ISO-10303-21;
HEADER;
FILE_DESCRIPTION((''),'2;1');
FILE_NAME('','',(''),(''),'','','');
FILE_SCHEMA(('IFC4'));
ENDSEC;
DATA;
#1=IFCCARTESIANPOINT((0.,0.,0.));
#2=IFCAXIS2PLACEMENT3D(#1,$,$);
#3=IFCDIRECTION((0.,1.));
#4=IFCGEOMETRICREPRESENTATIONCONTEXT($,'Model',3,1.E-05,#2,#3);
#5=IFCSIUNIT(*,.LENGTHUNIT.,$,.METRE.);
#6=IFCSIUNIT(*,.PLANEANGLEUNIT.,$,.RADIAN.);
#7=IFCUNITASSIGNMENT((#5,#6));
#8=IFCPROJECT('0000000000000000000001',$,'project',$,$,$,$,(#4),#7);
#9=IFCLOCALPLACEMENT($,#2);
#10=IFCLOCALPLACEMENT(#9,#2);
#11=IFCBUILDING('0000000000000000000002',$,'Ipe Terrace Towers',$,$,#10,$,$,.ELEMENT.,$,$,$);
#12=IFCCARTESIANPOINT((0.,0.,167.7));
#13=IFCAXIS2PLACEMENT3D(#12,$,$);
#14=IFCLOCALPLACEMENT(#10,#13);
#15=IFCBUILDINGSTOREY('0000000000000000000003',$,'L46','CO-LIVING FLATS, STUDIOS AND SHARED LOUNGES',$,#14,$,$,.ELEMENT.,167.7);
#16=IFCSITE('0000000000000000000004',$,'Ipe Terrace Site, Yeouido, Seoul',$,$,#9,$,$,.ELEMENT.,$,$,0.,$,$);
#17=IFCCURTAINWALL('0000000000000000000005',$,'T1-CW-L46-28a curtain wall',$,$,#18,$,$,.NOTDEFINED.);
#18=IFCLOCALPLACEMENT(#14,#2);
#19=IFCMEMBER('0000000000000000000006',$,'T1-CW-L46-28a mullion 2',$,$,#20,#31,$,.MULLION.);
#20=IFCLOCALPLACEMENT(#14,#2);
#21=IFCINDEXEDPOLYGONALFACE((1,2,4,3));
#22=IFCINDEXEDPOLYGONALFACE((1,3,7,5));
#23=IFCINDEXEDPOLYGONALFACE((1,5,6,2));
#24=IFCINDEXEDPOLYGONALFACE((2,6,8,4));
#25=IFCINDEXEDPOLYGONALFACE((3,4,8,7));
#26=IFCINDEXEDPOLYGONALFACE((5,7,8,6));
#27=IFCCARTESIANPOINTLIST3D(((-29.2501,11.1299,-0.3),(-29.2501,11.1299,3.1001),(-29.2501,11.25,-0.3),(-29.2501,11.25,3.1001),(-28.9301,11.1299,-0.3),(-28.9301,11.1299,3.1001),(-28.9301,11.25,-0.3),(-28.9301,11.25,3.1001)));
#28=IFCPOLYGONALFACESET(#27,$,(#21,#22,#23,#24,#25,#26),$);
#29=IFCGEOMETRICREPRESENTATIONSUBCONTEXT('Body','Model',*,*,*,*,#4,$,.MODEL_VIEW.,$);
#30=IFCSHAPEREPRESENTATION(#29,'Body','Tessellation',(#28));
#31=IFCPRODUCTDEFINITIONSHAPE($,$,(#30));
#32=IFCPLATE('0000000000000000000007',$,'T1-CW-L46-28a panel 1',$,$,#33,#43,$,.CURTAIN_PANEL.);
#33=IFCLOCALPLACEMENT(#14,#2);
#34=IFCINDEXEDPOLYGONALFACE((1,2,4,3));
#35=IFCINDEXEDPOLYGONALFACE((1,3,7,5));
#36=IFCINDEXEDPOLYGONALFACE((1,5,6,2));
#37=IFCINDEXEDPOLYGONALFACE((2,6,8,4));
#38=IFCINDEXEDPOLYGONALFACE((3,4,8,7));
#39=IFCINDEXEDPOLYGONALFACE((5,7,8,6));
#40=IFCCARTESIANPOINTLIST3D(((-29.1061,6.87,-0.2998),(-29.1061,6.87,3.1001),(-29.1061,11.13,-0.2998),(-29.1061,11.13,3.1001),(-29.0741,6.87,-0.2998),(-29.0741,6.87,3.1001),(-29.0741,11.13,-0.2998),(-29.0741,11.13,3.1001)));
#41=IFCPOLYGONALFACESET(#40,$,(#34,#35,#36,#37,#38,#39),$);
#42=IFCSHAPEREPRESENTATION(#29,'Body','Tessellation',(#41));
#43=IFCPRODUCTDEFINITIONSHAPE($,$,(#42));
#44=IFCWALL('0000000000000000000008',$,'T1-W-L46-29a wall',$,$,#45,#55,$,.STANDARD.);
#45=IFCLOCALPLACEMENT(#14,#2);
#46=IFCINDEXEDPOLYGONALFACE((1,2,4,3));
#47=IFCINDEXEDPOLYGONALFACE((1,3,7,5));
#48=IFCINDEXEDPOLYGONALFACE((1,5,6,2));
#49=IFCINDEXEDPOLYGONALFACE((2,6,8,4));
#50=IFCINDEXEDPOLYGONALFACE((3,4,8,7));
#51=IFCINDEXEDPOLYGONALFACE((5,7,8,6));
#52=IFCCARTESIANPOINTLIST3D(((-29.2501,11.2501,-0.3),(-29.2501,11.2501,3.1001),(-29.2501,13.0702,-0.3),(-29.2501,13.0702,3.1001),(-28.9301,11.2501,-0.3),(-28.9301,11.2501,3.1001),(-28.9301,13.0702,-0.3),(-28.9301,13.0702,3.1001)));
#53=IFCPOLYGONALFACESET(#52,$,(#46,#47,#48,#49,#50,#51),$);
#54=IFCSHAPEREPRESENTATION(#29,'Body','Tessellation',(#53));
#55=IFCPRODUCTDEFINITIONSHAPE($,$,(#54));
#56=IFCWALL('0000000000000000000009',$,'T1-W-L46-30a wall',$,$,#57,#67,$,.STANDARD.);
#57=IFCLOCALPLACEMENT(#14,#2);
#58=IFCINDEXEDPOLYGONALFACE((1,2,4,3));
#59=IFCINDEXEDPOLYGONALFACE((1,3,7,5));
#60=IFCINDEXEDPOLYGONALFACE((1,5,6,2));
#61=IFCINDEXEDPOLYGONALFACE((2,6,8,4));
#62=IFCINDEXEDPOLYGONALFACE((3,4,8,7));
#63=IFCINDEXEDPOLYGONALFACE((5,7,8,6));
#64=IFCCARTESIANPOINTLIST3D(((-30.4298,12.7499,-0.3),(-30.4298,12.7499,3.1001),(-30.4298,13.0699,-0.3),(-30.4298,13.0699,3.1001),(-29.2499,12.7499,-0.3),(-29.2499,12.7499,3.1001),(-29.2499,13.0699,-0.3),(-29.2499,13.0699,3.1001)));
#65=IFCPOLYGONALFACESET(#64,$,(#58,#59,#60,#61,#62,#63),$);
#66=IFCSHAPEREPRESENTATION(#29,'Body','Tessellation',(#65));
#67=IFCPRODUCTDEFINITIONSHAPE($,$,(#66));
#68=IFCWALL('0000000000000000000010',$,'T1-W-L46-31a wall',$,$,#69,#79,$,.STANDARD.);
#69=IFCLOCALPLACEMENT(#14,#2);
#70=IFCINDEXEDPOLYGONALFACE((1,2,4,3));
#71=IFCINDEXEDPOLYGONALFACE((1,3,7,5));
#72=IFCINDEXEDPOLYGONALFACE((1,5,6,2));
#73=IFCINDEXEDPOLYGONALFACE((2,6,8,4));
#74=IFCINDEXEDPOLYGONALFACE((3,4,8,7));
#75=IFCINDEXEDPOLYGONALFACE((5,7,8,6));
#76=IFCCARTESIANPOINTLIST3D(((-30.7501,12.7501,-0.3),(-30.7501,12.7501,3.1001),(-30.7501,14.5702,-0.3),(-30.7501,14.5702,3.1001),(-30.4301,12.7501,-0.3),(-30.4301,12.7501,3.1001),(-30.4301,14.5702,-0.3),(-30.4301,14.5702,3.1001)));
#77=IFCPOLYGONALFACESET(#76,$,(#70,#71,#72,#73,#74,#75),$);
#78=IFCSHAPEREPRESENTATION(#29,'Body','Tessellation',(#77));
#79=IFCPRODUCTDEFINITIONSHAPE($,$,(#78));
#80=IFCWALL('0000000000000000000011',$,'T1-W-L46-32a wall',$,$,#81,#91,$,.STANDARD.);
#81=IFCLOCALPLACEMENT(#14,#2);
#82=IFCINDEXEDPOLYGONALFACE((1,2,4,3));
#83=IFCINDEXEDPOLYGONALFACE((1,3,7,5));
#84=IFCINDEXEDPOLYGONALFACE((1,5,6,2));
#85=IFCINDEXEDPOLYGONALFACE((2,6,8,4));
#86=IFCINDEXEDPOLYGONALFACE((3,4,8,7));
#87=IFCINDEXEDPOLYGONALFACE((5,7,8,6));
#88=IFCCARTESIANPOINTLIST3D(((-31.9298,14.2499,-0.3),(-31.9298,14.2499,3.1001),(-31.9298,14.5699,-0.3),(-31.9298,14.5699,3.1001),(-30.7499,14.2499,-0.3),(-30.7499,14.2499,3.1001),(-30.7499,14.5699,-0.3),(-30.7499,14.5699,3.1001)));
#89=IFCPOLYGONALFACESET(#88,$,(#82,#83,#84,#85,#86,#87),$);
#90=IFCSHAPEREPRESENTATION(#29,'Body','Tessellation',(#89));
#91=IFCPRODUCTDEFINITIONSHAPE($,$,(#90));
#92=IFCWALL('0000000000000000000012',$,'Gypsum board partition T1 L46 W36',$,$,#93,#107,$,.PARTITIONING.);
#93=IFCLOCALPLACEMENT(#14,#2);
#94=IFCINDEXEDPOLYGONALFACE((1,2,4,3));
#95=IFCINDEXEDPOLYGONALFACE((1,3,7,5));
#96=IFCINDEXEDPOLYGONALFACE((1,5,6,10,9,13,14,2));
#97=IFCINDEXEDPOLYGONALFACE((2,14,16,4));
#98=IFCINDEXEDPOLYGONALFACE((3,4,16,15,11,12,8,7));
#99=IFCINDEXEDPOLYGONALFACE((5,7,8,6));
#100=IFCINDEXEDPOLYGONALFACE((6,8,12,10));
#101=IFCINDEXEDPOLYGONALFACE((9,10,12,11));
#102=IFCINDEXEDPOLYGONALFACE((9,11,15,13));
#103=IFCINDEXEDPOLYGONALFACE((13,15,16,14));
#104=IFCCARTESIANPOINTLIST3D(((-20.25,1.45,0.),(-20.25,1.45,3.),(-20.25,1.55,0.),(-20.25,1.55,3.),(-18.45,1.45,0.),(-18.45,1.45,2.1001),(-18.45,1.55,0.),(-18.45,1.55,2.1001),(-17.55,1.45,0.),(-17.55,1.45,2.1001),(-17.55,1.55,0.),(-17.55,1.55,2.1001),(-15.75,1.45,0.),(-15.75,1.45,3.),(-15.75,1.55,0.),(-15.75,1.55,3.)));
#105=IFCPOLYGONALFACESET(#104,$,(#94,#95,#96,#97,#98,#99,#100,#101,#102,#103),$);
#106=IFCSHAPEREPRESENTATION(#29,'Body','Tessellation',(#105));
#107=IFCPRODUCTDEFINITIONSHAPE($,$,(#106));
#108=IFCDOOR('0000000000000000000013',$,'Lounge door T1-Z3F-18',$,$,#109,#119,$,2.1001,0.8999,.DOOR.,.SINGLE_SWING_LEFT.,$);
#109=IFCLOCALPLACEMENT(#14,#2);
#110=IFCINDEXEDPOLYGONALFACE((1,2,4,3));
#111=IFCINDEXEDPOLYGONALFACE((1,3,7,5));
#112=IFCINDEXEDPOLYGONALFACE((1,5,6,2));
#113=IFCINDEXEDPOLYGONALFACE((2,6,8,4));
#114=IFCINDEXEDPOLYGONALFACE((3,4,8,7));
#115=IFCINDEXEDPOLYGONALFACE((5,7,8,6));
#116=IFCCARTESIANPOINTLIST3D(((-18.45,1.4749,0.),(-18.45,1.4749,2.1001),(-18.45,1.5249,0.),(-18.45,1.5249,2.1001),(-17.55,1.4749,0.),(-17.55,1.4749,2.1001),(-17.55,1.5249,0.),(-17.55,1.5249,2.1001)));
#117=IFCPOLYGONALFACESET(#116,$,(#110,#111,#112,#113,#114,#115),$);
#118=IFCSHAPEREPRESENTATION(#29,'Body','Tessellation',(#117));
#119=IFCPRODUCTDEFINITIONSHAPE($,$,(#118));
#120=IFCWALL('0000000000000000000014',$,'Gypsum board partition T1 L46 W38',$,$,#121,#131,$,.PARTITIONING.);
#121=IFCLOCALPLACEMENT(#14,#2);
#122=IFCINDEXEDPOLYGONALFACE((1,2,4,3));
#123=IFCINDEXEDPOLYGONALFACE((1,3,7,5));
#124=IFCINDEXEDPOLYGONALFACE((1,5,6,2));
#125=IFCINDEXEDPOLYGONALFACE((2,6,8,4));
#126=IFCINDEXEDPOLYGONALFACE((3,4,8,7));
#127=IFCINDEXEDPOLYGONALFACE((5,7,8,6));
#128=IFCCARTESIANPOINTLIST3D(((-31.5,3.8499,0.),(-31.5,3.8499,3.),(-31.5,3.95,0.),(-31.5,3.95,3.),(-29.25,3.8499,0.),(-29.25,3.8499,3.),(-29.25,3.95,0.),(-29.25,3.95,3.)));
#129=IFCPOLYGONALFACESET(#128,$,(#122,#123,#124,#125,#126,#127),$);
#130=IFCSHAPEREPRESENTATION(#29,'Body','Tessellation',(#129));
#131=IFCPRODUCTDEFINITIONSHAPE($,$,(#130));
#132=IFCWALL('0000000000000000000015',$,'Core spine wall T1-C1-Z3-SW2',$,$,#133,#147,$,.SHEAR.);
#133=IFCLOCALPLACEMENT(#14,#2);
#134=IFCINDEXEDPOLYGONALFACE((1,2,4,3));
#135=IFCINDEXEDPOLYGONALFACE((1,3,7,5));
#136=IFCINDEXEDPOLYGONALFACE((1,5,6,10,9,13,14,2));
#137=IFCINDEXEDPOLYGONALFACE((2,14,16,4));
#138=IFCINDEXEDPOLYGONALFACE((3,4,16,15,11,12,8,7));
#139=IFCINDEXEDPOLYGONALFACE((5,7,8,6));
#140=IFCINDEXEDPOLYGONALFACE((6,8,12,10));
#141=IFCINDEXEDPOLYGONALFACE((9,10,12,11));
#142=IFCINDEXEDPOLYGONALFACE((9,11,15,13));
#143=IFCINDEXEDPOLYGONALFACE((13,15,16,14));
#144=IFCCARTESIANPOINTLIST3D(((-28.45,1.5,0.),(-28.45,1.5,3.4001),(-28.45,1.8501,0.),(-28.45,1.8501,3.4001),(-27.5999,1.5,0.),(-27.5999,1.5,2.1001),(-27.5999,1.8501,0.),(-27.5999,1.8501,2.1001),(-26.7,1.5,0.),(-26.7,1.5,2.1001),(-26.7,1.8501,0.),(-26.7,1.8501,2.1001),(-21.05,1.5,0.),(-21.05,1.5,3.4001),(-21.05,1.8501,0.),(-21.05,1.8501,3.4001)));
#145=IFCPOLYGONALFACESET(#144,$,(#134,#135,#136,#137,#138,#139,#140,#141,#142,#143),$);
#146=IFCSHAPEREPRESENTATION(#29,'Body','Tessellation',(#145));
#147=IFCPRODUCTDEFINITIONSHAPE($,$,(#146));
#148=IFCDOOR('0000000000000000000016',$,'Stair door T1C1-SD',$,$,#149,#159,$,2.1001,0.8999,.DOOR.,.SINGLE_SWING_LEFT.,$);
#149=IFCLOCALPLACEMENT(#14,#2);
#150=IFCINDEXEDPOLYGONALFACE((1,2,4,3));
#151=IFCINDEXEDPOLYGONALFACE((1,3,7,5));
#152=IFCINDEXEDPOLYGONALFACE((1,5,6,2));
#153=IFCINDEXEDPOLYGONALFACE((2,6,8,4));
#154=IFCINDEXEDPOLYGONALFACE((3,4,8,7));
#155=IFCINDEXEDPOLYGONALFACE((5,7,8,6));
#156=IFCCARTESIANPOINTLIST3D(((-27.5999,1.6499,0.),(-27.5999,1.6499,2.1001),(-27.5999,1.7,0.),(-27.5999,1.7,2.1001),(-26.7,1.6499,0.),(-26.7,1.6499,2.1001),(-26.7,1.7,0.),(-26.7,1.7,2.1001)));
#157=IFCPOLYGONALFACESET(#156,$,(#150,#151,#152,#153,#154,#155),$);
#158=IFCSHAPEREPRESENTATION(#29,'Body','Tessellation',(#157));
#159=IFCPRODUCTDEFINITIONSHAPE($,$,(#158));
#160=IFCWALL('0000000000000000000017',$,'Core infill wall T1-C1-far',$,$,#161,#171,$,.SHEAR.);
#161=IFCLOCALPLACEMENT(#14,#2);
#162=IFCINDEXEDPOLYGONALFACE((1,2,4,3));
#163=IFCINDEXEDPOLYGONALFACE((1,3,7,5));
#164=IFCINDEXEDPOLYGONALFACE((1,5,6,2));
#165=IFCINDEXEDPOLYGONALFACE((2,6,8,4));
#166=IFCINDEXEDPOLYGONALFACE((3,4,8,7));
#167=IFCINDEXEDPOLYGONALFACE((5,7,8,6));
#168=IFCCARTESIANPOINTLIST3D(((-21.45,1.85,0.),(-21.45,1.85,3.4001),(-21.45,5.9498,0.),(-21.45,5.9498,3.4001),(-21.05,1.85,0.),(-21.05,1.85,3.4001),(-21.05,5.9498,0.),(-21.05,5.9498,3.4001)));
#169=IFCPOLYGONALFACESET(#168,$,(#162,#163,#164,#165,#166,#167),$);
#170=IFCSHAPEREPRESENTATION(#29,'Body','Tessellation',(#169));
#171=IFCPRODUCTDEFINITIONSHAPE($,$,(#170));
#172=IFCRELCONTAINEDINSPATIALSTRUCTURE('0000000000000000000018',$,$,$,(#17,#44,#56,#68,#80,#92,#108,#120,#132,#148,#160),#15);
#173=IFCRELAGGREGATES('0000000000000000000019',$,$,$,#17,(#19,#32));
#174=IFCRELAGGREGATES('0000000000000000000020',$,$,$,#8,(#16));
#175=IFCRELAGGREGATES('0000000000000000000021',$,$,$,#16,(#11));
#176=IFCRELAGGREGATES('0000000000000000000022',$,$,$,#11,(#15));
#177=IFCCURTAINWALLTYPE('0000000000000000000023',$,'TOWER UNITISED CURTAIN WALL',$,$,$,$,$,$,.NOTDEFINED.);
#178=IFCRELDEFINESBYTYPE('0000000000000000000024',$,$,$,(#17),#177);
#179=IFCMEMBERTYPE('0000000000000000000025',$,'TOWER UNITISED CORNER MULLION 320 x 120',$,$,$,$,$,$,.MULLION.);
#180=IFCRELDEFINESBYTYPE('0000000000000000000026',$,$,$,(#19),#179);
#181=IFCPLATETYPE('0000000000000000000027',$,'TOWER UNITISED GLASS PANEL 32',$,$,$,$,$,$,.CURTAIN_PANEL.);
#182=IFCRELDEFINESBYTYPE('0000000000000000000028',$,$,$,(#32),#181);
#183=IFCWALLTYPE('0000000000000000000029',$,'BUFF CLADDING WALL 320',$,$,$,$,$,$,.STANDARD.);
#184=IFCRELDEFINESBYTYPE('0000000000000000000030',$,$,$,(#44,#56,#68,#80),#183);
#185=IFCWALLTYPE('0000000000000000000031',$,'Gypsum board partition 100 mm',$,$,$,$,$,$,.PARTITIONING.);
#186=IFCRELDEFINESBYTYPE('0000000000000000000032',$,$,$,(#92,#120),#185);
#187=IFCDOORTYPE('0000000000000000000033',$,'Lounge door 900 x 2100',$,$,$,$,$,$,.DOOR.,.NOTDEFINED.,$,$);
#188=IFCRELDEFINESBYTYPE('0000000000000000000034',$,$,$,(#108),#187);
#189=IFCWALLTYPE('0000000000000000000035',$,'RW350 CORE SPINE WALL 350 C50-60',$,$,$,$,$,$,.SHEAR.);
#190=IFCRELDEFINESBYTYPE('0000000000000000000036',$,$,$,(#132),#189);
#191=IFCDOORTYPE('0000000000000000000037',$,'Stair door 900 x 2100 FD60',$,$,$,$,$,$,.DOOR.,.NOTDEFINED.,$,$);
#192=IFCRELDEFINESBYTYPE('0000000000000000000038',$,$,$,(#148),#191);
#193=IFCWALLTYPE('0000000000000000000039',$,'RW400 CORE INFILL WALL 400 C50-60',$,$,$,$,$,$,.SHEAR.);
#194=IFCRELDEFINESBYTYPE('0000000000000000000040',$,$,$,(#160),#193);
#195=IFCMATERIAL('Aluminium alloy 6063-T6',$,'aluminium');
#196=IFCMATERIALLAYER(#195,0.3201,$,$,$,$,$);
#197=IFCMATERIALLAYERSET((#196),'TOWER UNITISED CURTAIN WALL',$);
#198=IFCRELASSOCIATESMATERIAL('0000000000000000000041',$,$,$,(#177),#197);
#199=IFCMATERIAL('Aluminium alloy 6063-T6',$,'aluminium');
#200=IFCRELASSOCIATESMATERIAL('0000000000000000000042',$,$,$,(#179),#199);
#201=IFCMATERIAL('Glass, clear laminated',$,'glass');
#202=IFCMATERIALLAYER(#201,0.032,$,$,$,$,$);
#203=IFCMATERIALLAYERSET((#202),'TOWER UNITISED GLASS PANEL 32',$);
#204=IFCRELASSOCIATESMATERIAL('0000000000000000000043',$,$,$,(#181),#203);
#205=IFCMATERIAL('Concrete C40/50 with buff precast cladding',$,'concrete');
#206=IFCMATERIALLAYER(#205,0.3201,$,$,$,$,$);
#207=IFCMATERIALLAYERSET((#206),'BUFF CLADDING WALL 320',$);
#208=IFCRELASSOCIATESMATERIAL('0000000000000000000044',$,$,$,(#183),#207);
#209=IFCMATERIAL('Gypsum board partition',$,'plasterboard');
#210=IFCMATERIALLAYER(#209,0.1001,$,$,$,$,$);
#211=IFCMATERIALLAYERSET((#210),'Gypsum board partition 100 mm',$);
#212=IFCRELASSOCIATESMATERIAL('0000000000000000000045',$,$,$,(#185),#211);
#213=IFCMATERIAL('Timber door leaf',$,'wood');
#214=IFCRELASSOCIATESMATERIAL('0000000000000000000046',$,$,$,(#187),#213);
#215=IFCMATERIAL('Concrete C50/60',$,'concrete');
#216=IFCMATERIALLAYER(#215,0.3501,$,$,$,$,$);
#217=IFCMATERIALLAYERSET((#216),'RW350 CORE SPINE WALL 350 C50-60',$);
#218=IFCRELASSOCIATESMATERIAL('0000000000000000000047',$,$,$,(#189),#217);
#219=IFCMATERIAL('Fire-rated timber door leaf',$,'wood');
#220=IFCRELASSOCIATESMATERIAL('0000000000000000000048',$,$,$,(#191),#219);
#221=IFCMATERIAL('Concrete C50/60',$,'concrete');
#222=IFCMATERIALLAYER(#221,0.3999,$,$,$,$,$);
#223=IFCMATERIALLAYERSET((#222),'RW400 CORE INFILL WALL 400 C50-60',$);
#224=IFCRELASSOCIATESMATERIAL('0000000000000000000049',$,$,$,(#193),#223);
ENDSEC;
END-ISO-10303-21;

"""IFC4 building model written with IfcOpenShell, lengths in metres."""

from ifc_helpers import new_model, si_unit, direction, frame, frame_2d, origin, origin_2d, place, context, subcontext, project, spatial, rectangle, extrude, material, layer, layer_set, material_profile, profile_set, type_object, element, fill, aggregate, save


model = new_model("IFC4")

# Units and contexts
model_context = context("Model", 3, precision=1e-05, world=origin(), true_north=direction((0.0, 1.0)))
body_context = subcontext(model_context, "Body", "Model", "MODEL_VIEW")
ifc_project = project(units=[si_unit("LENGTHUNIT", "METRE"), si_unit("PLANEANGLEUNIT", "RADIAN")], contexts=[model_context])

# Site, building, storey
site_placement = place(None, origin())
site = spatial("IfcSite", under=ifc_project, at=site_placement, Name="Ipe Terrace Site, Yeouido, Seoul", CompositionType="ELEMENT", RefElevation=0.0)
building_placement = place(site_placement, origin())
building = spatial("IfcBuilding", under=site, at=building_placement, Name="Ipe Terrace Towers", CompositionType="ELEMENT")
storey_placement = place(building_placement, frame((0.0, 0.0, 167.7)))
storey = spatial("IfcBuildingStorey", under=building, at=storey_placement, Name="L46", Description="CO-LIVING FLATS, STUDIOS AND SHARED LOUNGES", CompositionType="ELEMENT", Elevation=167.7)

# Curtain wall, member, plate
ifc_material_1 = material(Name="Aluminium alloy 6063-T6", Category="aluminium")
ifc_layer_1 = layer(ifc_material_1, 0.3201)
ifc_layer_set_1 = layer_set([ifc_layer_1], Name="TOWER UNITISED CURTAIN WALL")
curtain_wall_type = type_object("IfcCurtainWallType", Name="TOWER UNITISED CURTAIN WALL", PredefinedType="NOTDEFINED", material=ifc_layer_set_1)
curtain_wall_placement = place(storey_placement, origin())
curtain_wall = element("IfcCurtainWall", 1, at=curtain_wall_placement, inside=storey, type_object=curtain_wall_type, Name="T1-CW-L46-28a curtain wall", PredefinedType="NOTDEFINED")
ifc_material_2 = material(Name="Aluminium alloy 6063-T6", Category="aluminium")
ifc_material_profile_1 = material_profile(ifc_material_2, rectangle(XDim=0.3201, YDim=0.1201, at=origin_2d()), Name="TOWER UNITISED CORNER MULLION 320 x 120")
ifc_profile_set_1 = profile_set([ifc_material_profile_1], Name="Aluminium alloy 6063-T6")
member_type = type_object("IfcMemberType", Name="TOWER UNITISED CORNER MULLION 320 x 120", PredefinedType="MULLION", material=ifc_profile_set_1)
member_1_placement = place(storey_placement, frame((-29.0901, 11.1899, -0.3), z_axis=(0.0, 0.0, 1.0), x_axis=(1.0, 0.0, 0.0)))
member_1 = element("IfcMember", 2, at=member_1_placement, type_object=member_type, Name="T1-CW-L46-28a mullion 2", PredefinedType="MULLION", context=body_context, shape_type="SweptSolid", body=[
    extrude(rectangle(XDim=0.3201, YDim=0.1201, at=origin_2d()), origin(), (0.0, 0.0, 1.0), 3.4001),
])
ifc_material_3 = material(Name="Glass, clear laminated", Category="glass")
ifc_layer_2 = layer(ifc_material_3, 0.032)
ifc_layer_set_2 = layer_set([ifc_layer_2], Name="TOWER UNITISED GLASS PANEL 32")
plate_type = type_object("IfcPlateType", Name="TOWER UNITISED GLASS PANEL 32", PredefinedType="CURTAIN_PANEL", material=ifc_layer_set_2)
plate_placement = place(storey_placement, frame((-29.0901, 9.0, -0.2998), z_axis=(0.0, 0.0, 1.0), x_axis=(0.0, 1.0, 0.0)))
plate = element("IfcPlate", 3, at=plate_placement, type_object=plate_type, Name="T1-CW-L46-28a panel 1", PredefinedType="CURTAIN_PANEL", context=body_context, shape_type="SweptSolid", body=[
    extrude(rectangle(XDim=4.26, YDim=0.032, at=origin_2d()), origin(), (0.0, 0.0, 1.0), 3.3999),
])
aggregate(curtain_wall, [member_1, plate])

# Walls
ifc_material_4 = material(Name="Concrete C40/50 with buff precast cladding", Category="concrete")
ifc_layer_3 = layer(ifc_material_4, 0.3201)
ifc_layer_set_3 = layer_set([ifc_layer_3], Name="BUFF CLADDING WALL 320")
wall_type_1 = type_object("IfcWallType", Name="BUFF CLADDING WALL 320", PredefinedType="STANDARD", material=ifc_layer_set_3)
wall_1_placement = place(storey_placement, frame((-29.0901, 11.25, -0.3), z_axis=(0.0, 0.0, 1.0), x_axis=(0.0, 1.0, 0.0)))
element("IfcWall", 4, at=wall_1_placement, inside=storey, type_object=wall_type_1, Name="T1-W-L46-29a wall", PredefinedType="STANDARD", context=body_context, shape_type="SweptSolid", body=[
    extrude(rectangle(XDim=1.8201, YDim=0.3201, at=frame_2d((0.9102, 0.0))), origin(), (0.0, 0.0, 1.0), 3.4001),
])
wall_2_placement = place(storey_placement, frame((-29.25, 12.9099, -0.3), z_axis=(0.0, 0.0, 1.0), x_axis=(-1.0, 0.0, 0.0)))
element("IfcWall", 5, at=wall_2_placement, inside=storey, type_object=wall_type_1, Name="T1-W-L46-30a wall", PredefinedType="STANDARD", context=body_context, shape_type="SweptSolid", body=[
    extrude(rectangle(XDim=1.1799, YDim=0.3201, at=frame_2d((0.5898, 0.0))), origin(), (0.0, 0.0, 1.0), 3.4001),
])
wall_3_placement = place(storey_placement, frame((-30.5901, 12.75, -0.3), z_axis=(0.0, 0.0, 1.0), x_axis=(0.0, 1.0, 0.0)))
element("IfcWall", 6, at=wall_3_placement, inside=storey, type_object=wall_type_1, Name="T1-W-L46-31a wall", PredefinedType="STANDARD", context=body_context, shape_type="SweptSolid", body=[
    extrude(rectangle(XDim=1.8201, YDim=0.3201, at=frame_2d((0.9102, 0.0))), origin(), (0.0, 0.0, 1.0), 3.4001),
])
wall_4_placement = place(storey_placement, frame((-30.75, 14.4099, -0.3), z_axis=(0.0, 0.0, 1.0), x_axis=(-1.0, 0.0, 0.0)))
element("IfcWall", 7, at=wall_4_placement, inside=storey, type_object=wall_type_1, Name="T1-W-L46-32a wall", PredefinedType="STANDARD", context=body_context, shape_type="SweptSolid", body=[
    extrude(rectangle(XDim=1.1799, YDim=0.3201, at=frame_2d((0.5898, 0.0))), origin(), (0.0, 0.0, 1.0), 3.4001),
])

# Wall, opening, door
ifc_material_5 = material(Name="Gypsum board partition", Category="plasterboard")
ifc_layer_4 = layer(ifc_material_5, 0.1001)
ifc_layer_set_4 = layer_set([ifc_layer_4], Name="Gypsum board partition 100 mm")
wall_type_2 = type_object("IfcWallType", Name="Gypsum board partition 100 mm", PredefinedType="PARTITIONING", material=ifc_layer_set_4)
wall_5_placement = place(storey_placement, frame((-20.25, 1.5, 0.0), z_axis=(0.0, 0.0, 1.0), x_axis=(1.0, 0.0, 0.0)))
wall_5 = element("IfcWall", 8, at=wall_5_placement, inside=storey, type_object=wall_type_2, Name="Gypsum board partition T1 L46 W36", PredefinedType="PARTITIONING", context=body_context, shape_type="SweptSolid", body=[
    extrude(rectangle(XDim=4.5, YDim=0.1001, at=frame_2d((2.25, 0.0))), origin(), (0.0, 0.0, 1.0), 3.0),
])
opening_1_placement = place(wall_5_placement, frame((1.8, 0.0, 0.0)))
opening_1 = element("IfcOpeningElement", 9, at=opening_1_placement, cuts=wall_5, PredefinedType="OPENING", context=body_context, shape_type="SweptSolid", body=[
    extrude(rectangle(XDim=0.8999, YDim=2.1001, at=frame_2d((0.45, 1.05))), frame((0.0, 0.0601, 0.0), z_axis=(0.0, -1.0, 0.0), x_axis=(1.0, 0.0, 0.0)), (0.0, 0.0, 1.0), 0.1201),
])
ifc_material_6 = material(Name="Timber door leaf", Category="wood")
door_type_1 = type_object("IfcDoorType", Name="Lounge door 900 x 2100", OperationType="NOTDEFINED", PredefinedType="DOOR", material=ifc_material_6)
door_1_placement = place(opening_1_placement, origin())
door_1 = element("IfcDoor", 10, at=door_1_placement, inside=storey, type_object=door_type_1, Name="Lounge door T1-Z3F-18", OperationType="SINGLE_SWING_LEFT", OverallHeight=2.1001, OverallWidth=0.8999, PredefinedType="DOOR", context=body_context, shape_type="SweptSolid", body=[
    extrude(rectangle(XDim=0.8999, YDim=2.1001, at=frame_2d((0.45, 1.05))), frame((0.0, 0.0249, 0.0), z_axis=(0.0, -1.0, 0.0), x_axis=(1.0, 0.0, 0.0)), (0.0, 0.0, 1.0), 0.05),
])
fill(opening_1, door_1)

# Wall
wall_6_placement = place(storey_placement, frame((-31.5, 3.8999, 0.0), z_axis=(0.0, 0.0, 1.0), x_axis=(1.0, 0.0, 0.0)))
element("IfcWall", 11, at=wall_6_placement, inside=storey, type_object=wall_type_2, Name="Gypsum board partition T1 L46 W38", PredefinedType="PARTITIONING", context=body_context, shape_type="SweptSolid", body=[
    extrude(rectangle(XDim=2.25, YDim=0.1001, at=frame_2d((1.125, 0.0))), origin(), (0.0, 0.0, 1.0), 3.0),
])

# Wall, opening, door
ifc_material_7 = material(Name="Concrete C50/60", Category="concrete")
ifc_layer_5 = layer(ifc_material_7, 0.3501)
ifc_layer_set_5 = layer_set([ifc_layer_5], Name="RW350 CORE SPINE WALL 350 C50-60")
wall_type_3 = type_object("IfcWallType", Name="RW350 CORE SPINE WALL 350 C50-60", PredefinedType="SHEAR", material=ifc_layer_set_5)
wall_7_placement = place(storey_placement, frame((-28.45, 1.675, 0.0), z_axis=(0.0, 0.0, 1.0), x_axis=(1.0, 0.0, 0.0)))
wall_7 = element("IfcWall", 12, at=wall_7_placement, inside=storey, type_object=wall_type_3, Name="Core spine wall T1-C1-Z3-SW2", PredefinedType="SHEAR", context=body_context, shape_type="SweptSolid", body=[
    extrude(rectangle(XDim=7.3999, YDim=0.3501, at=frame_2d((3.7, 0.0))), origin(), (0.0, 0.0, 1.0), 3.4001),
])
opening_2_placement = place(wall_7_placement, frame((0.8501, 0.0, 0.0)))
opening_2 = element("IfcOpeningElement", 13, at=opening_2_placement, cuts=wall_7, PredefinedType="OPENING", context=body_context, shape_type="SweptSolid", body=[
    extrude(rectangle(XDim=0.8999, YDim=2.1001, at=frame_2d((0.45, 1.05))), frame((0.0, 0.1851, 0.0), z_axis=(0.0, -1.0, 0.0), x_axis=(1.0, 0.0, 0.0)), (0.0, 0.0, 1.0), 0.3701),
])
ifc_material_8 = material(Name="Fire-rated timber door leaf", Category="wood")
door_type_2 = type_object("IfcDoorType", Name="Stair door 900 x 2100 FD60", OperationType="NOTDEFINED", PredefinedType="DOOR", material=ifc_material_8)
door_2_placement = place(opening_2_placement, origin())
door_2 = element("IfcDoor", 14, at=door_2_placement, inside=storey, type_object=door_type_2, Name="Stair door T1C1-SD", OperationType="SINGLE_SWING_LEFT", OverallHeight=2.1001, OverallWidth=0.8999, PredefinedType="DOOR", context=body_context, shape_type="SweptSolid", body=[
    extrude(rectangle(XDim=0.8999, YDim=2.1001, at=frame_2d((0.45, 1.05))), frame((0.0, 0.0249, 0.0), z_axis=(0.0, -1.0, 0.0), x_axis=(1.0, 0.0, 0.0)), (0.0, 0.0, 1.0), 0.05),
])
fill(opening_2, door_2)

# Wall
ifc_material_9 = material(Name="Concrete C50/60", Category="concrete")
ifc_layer_6 = layer(ifc_material_9, 0.3999)
ifc_layer_set_6 = layer_set([ifc_layer_6], Name="RW400 CORE INFILL WALL 400 C50-60")
wall_type_4 = type_object("IfcWallType", Name="RW400 CORE INFILL WALL 400 C50-60", PredefinedType="SHEAR", material=ifc_layer_set_6)
wall_8_placement = place(storey_placement, frame((-21.25, 1.8501, 0.0), z_axis=(0.0, 0.0, 1.0), x_axis=(0.0, 1.0, 0.0)))
element("IfcWall", 15, at=wall_8_placement, inside=storey, type_object=wall_type_4, Name="Core infill wall T1-C1-far", PredefinedType="SHEAR", context=body_context, shape_type="SweptSolid", body=[
    extrude(rectangle(XDim=4.0999, YDim=0.3999, at=frame_2d((2.0498, 0.0))), origin(), (0.0, 0.0, 1.0), 3.4001),
])

save(model, "model.ifc")
